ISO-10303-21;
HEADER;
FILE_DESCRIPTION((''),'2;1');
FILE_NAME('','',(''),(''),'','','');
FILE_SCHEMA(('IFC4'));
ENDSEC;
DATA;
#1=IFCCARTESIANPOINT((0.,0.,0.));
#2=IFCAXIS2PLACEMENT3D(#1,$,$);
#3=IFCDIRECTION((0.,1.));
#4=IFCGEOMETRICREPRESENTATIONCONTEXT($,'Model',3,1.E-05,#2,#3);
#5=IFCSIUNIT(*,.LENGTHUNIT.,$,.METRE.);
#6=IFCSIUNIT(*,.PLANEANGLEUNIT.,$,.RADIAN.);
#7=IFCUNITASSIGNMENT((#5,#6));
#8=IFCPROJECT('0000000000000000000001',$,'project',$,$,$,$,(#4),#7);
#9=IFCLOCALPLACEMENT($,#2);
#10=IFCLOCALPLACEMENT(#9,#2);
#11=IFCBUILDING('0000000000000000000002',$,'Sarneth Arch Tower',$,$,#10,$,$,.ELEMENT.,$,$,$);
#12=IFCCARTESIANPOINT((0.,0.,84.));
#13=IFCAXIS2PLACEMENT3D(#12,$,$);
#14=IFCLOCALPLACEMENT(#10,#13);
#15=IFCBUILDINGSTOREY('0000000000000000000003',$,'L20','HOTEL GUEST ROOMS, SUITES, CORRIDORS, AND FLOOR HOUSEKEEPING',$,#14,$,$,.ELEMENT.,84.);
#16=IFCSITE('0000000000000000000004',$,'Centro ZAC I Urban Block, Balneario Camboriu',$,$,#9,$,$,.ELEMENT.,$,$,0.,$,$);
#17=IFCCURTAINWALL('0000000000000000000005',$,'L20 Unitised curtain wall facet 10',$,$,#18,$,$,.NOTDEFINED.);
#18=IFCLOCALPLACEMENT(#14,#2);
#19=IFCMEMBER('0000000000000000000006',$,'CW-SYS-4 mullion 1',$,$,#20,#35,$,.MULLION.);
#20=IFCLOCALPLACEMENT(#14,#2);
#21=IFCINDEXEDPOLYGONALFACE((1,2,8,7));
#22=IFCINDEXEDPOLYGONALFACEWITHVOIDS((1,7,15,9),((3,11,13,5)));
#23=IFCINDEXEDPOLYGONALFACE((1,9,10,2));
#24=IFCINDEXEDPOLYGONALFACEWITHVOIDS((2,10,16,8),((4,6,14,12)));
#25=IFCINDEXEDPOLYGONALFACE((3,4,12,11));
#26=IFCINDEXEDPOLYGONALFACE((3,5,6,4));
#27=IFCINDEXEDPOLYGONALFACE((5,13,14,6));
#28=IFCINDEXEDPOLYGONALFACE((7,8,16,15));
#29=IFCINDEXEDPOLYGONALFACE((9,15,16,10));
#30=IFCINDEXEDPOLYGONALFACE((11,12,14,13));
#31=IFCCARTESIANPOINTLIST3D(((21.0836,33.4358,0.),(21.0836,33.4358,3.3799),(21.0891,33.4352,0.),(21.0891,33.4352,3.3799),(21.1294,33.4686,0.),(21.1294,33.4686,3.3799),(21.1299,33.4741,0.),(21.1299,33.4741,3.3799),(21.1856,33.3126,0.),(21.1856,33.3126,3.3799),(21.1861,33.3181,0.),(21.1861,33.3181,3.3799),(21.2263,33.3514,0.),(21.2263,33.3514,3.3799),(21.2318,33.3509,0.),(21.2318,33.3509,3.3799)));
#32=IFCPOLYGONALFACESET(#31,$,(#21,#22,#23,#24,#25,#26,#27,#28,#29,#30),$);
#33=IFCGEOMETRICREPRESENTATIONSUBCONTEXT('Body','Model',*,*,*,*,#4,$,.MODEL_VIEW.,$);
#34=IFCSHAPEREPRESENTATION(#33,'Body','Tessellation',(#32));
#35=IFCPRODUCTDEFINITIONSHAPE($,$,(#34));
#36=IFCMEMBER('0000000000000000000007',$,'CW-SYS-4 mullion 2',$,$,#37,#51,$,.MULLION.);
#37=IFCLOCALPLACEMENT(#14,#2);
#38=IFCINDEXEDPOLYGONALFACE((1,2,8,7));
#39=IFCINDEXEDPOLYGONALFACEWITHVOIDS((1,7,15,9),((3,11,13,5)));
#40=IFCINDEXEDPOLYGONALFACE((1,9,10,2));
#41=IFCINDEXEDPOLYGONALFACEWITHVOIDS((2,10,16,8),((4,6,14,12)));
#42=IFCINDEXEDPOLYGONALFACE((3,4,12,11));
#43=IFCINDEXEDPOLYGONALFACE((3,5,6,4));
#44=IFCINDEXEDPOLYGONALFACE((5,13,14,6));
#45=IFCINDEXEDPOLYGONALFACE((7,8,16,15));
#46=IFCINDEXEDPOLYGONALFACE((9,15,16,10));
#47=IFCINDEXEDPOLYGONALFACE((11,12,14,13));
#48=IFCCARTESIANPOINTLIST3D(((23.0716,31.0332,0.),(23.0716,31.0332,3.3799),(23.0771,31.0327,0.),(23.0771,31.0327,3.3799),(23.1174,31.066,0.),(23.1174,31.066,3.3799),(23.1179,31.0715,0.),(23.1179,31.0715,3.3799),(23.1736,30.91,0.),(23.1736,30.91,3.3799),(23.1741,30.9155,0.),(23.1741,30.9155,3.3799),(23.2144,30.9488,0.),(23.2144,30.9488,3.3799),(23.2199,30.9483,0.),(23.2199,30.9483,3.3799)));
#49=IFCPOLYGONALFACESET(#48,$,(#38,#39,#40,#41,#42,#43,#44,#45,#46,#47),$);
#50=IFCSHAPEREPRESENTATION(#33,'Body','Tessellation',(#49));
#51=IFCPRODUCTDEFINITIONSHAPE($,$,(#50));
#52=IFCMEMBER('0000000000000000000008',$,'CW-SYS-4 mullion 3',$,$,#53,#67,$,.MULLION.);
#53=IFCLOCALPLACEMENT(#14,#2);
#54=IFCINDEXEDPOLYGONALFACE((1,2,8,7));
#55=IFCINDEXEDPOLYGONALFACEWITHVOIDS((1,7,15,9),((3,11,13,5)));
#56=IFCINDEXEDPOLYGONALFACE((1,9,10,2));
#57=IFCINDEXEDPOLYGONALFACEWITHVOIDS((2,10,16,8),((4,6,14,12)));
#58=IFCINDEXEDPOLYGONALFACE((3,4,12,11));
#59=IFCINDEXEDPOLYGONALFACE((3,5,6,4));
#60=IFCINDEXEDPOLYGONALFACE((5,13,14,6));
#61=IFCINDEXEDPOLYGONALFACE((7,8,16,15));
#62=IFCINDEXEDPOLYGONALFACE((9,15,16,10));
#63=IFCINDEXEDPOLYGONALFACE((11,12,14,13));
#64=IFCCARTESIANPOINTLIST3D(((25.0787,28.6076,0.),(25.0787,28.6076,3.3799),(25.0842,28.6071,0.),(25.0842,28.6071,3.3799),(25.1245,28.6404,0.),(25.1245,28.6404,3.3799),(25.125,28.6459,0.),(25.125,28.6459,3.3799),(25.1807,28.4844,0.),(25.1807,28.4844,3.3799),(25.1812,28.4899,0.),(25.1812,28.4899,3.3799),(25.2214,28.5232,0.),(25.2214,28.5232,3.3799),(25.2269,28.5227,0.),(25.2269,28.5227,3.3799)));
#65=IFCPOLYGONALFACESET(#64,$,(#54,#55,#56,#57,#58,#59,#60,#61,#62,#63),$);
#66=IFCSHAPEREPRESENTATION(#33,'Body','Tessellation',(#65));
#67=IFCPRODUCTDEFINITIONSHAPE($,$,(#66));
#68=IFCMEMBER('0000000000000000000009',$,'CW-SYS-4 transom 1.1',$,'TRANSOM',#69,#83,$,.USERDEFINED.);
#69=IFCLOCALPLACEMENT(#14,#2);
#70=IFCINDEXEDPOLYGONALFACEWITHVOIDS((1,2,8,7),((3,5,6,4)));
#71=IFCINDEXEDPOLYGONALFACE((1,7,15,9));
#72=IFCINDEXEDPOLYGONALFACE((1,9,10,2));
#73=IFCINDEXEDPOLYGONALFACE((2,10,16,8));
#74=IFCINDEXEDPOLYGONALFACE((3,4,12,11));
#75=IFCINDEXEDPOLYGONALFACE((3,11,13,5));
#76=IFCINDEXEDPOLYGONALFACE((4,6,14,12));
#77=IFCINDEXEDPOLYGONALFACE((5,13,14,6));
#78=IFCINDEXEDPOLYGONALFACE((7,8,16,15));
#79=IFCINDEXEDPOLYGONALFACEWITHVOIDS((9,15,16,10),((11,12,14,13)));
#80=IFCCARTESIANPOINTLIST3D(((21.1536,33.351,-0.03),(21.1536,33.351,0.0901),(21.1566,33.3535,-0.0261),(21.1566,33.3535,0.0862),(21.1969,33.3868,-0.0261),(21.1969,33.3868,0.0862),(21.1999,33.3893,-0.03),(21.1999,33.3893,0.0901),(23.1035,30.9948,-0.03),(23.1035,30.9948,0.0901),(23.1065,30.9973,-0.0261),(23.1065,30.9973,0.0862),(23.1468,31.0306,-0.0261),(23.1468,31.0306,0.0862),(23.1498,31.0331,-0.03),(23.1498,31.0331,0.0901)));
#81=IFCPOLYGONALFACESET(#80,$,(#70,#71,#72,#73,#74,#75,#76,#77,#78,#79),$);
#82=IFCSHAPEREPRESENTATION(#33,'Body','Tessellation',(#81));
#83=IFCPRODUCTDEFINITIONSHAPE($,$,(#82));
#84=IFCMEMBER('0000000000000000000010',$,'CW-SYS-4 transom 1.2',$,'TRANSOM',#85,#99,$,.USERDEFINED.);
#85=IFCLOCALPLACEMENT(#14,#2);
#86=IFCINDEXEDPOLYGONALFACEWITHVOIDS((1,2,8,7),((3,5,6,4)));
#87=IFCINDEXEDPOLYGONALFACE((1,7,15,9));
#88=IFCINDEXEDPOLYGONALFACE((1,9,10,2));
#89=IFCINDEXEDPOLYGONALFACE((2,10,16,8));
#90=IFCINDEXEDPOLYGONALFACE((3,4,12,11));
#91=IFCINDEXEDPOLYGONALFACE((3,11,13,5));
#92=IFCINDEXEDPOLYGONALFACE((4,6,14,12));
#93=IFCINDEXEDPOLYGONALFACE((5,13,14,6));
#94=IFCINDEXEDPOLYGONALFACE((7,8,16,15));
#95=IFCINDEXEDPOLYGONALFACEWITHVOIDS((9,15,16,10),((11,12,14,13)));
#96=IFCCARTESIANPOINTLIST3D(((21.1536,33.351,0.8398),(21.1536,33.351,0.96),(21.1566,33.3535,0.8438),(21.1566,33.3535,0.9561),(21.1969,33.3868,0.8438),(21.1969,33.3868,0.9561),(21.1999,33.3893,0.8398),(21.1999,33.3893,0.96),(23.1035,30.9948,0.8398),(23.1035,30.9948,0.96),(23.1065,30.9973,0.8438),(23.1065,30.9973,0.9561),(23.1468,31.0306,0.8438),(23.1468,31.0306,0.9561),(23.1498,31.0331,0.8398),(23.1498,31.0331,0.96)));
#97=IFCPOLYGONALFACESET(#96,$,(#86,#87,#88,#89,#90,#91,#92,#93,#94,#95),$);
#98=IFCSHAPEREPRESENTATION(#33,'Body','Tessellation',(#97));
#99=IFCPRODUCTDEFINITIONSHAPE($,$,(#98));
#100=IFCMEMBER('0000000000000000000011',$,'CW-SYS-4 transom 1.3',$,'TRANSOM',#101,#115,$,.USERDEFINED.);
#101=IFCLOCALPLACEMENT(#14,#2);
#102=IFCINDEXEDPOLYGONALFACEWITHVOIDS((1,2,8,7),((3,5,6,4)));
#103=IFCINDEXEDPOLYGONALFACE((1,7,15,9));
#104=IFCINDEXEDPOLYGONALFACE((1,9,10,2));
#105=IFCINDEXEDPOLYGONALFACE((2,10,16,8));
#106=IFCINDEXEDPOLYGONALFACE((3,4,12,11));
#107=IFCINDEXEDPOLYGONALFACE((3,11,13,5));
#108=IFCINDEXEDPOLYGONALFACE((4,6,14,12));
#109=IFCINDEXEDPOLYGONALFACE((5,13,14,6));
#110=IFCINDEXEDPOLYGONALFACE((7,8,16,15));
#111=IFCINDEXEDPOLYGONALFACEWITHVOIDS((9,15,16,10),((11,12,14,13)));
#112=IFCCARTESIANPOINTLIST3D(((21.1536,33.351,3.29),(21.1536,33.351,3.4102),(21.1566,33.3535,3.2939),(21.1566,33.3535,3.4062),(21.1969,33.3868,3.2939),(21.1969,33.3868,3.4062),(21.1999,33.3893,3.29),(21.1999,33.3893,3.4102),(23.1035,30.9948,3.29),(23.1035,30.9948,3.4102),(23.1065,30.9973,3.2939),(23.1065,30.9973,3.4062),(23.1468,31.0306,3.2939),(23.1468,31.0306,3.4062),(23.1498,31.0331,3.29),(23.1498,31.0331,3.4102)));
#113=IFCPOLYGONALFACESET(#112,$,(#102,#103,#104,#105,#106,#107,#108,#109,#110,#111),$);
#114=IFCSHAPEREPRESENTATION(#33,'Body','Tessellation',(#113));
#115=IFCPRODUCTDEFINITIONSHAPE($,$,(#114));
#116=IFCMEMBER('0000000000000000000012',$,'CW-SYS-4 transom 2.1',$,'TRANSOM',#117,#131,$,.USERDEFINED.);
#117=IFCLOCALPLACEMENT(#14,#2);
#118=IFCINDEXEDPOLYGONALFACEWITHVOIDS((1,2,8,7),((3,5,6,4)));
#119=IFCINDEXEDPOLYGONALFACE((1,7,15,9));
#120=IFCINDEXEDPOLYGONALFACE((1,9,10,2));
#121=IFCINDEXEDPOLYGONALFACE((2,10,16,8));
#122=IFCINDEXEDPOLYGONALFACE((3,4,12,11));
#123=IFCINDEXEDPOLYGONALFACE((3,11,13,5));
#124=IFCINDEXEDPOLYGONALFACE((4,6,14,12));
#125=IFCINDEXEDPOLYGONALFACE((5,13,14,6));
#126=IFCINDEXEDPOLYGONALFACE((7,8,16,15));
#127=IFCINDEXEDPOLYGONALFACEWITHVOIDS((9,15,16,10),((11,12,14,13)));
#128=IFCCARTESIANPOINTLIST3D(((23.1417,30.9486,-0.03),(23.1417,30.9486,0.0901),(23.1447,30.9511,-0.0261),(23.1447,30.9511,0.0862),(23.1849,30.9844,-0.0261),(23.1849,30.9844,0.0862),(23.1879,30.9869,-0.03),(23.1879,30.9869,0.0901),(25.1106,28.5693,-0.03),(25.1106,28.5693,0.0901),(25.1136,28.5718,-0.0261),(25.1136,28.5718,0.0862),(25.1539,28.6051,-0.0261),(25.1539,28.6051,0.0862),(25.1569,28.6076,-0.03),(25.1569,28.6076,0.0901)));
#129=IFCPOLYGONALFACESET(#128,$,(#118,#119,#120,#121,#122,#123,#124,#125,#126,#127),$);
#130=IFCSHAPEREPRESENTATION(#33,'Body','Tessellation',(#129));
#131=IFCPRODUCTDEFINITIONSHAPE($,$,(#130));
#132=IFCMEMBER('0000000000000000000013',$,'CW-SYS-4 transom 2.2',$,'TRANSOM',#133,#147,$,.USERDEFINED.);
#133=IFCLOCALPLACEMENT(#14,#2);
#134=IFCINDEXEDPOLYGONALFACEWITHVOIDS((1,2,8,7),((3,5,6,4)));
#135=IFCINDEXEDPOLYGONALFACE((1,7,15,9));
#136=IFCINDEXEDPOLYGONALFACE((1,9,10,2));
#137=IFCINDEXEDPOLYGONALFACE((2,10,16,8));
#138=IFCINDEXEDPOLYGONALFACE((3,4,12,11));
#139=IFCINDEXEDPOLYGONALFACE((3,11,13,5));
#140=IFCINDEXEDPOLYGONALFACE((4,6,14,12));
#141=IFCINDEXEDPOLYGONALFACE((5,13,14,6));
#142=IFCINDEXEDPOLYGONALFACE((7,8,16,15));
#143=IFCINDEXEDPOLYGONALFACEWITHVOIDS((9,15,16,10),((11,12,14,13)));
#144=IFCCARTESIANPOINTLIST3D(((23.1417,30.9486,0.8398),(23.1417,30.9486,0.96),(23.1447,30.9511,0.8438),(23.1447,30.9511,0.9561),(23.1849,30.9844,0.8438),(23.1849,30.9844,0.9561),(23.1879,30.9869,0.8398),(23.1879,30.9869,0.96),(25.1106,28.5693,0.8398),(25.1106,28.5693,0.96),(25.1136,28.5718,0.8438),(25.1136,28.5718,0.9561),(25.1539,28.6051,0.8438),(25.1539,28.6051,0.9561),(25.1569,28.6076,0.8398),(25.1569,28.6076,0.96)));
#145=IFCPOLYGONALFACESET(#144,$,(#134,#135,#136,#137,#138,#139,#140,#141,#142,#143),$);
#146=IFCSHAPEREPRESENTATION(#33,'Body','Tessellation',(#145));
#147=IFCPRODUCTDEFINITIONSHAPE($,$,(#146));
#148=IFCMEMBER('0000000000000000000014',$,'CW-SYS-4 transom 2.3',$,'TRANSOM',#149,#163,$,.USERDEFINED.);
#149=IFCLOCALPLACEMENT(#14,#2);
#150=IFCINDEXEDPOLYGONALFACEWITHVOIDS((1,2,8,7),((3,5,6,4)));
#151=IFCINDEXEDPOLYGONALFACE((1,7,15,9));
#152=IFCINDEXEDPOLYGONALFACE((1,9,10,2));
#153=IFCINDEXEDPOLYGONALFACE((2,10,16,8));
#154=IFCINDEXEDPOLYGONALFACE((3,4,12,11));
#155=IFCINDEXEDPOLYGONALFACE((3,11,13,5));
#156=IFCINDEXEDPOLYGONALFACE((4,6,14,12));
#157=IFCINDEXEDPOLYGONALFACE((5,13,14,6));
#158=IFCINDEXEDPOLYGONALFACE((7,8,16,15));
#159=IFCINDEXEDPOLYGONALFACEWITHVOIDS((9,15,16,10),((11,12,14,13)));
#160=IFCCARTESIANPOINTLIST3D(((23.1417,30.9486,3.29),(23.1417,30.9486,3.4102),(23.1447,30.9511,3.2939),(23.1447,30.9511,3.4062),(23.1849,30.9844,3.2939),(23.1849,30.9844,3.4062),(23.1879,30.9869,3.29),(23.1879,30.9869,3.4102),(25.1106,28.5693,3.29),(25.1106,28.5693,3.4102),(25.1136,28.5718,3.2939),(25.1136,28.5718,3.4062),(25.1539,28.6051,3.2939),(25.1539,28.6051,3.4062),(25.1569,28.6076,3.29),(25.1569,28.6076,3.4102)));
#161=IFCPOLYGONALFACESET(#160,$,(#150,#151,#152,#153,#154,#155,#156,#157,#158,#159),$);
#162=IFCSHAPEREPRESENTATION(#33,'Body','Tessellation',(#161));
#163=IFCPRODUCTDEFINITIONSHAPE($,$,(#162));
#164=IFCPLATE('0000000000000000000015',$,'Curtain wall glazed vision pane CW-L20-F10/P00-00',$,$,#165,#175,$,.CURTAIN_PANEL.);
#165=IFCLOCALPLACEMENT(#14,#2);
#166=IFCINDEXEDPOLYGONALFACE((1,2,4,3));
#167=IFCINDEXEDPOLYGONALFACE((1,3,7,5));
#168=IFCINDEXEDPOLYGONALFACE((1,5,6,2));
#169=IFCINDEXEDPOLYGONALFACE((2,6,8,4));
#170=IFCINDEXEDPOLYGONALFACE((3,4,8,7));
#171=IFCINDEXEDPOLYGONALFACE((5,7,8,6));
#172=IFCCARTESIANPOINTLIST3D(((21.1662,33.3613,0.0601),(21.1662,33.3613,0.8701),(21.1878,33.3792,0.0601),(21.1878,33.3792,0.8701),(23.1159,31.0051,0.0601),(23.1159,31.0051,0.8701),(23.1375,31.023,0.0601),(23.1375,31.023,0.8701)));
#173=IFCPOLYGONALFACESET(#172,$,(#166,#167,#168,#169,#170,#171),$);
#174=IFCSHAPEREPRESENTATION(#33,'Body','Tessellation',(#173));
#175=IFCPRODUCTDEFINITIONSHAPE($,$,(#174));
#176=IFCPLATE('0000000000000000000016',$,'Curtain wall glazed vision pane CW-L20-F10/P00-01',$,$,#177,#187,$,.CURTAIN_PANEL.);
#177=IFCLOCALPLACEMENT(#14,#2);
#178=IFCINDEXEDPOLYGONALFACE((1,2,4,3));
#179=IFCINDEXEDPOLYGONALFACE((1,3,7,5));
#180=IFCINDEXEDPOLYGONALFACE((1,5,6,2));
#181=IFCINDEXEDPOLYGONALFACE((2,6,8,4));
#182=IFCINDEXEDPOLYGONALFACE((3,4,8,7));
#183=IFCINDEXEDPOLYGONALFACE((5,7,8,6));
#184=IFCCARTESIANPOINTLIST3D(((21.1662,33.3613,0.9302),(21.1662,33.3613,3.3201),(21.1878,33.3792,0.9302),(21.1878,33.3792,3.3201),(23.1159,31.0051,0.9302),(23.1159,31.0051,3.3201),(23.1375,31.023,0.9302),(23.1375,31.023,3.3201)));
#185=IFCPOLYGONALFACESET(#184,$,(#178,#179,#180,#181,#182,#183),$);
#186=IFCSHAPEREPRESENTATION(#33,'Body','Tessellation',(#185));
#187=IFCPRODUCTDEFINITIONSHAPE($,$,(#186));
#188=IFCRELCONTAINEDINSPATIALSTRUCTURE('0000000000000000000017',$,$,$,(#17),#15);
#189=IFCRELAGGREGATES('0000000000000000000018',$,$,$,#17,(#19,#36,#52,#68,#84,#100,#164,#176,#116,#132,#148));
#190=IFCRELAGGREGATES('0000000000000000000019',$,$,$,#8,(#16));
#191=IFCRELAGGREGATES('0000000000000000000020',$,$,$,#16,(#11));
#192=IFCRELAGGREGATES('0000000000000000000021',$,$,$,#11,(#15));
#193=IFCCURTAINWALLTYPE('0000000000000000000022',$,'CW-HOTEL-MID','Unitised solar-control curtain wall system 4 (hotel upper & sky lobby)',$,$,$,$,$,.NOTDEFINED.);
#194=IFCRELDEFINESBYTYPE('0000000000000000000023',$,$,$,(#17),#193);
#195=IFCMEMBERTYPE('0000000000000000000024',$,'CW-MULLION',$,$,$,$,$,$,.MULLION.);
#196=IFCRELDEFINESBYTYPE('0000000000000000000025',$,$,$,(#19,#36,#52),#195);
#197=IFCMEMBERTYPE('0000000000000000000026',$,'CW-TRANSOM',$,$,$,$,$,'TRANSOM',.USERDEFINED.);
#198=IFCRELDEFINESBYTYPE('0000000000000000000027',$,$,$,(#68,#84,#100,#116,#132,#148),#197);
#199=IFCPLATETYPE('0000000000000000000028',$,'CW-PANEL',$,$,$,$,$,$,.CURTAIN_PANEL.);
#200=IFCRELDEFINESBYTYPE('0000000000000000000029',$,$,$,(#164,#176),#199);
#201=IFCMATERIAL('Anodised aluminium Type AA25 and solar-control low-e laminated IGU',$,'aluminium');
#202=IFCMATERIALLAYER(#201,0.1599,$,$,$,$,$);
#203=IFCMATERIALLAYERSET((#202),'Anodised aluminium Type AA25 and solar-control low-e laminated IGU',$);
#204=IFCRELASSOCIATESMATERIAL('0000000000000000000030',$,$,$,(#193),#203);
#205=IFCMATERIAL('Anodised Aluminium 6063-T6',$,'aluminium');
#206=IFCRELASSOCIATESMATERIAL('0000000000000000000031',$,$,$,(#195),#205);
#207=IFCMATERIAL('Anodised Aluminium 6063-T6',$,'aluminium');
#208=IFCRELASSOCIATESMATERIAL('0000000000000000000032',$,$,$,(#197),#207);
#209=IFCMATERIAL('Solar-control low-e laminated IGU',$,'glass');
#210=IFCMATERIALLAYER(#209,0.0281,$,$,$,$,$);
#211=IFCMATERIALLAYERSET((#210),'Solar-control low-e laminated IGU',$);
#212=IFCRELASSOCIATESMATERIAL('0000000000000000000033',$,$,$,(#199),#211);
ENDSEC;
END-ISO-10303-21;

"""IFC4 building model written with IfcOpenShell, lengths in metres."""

from ifc_helpers import new_model, si_unit, direction, frame, origin, origin_2d, place, context, subcontext, project, spatial, rectangle, hollow_rectangle, extrude, material, layer, layer_set, material_profile, profile_set, type_object, element, aggregate, save


model = new_model("IFC4")

# Units and contexts
model_context = context("Model", 3, precision=1e-05, world=origin(), true_north=direction((0.0, 1.0)))
body_context = subcontext(model_context, "Body", "Model", "MODEL_VIEW")
ifc_project = project(units=[si_unit("LENGTHUNIT", "METRE"), si_unit("PLANEANGLEUNIT", "RADIAN")], contexts=[model_context])

# Site, building, storey
site_placement = place(None, origin())
site = spatial("IfcSite", under=ifc_project, at=site_placement, Name="Centro ZAC I Urban Block, Balneario Camboriu", CompositionType="ELEMENT", RefElevation=0.0)
building_placement = place(site_placement, origin())
building = spatial("IfcBuilding", under=site, at=building_placement, Name="Sarneth Arch Tower", CompositionType="ELEMENT")
storey_placement = place(building_placement, frame((0.0, 0.0, 84.0)))
storey = spatial("IfcBuildingStorey", under=building, at=storey_placement, Name="L20", Description="HOTEL GUEST ROOMS, SUITES, CORRIDORS, AND FLOOR HOUSEKEEPING", CompositionType="ELEMENT", Elevation=84.0)

# Curtain wall, members, plates
ifc_material_1 = material(Name="Anodised aluminium Type AA25 and solar-control low-e laminated IGU", Category="aluminium")
ifc_layer_1 = layer(ifc_material_1, 0.1599)
ifc_layer_set_1 = layer_set([ifc_layer_1], Name="Anodised aluminium Type AA25 and solar-control low-e laminated IGU")
curtain_wall_type = type_object("IfcCurtainWallType", Name="CW-HOTEL-MID", Description="Unitised solar-control curtain wall system 4 (hotel upper & sky lobby)", PredefinedType="NOTDEFINED", material=ifc_layer_set_1)
curtain_wall_placement = place(storey_placement, origin())
curtain_wall = element("IfcCurtainWall", 1, at=curtain_wall_placement, inside=storey, type_object=curtain_wall_type, Name="L20 Unitised curtain wall facet 10", PredefinedType="NOTDEFINED")
ifc_material_2 = material(Name="Anodised Aluminium 6063-T6", Category="aluminium")
ifc_material_profile_1 = material_profile(ifc_material_2, hollow_rectangle(XDim=0.0601, YDim=0.1599, WallThickness=0.0039, at=origin_2d()), Name="AL-MULL-160x60x4")
ifc_profile_set_1 = profile_set([ifc_material_profile_1], Name="Anodised Aluminium 6063-T6")
member_type_1 = type_object("IfcMemberType", Name="CW-MULLION", PredefinedType="MULLION", material=ifc_profile_set_1)
member_1_placement = place(storey_placement, frame((21.1577, 33.3933, 0.0), z_axis=(0.0, 0.0, 1.0), x_axis=(0.770438, 0.637515, 0.0)))
member_1 = element("IfcMember", 2, at=member_1_placement, type_object=member_type_1, Name="CW-SYS-4 mullion 1", PredefinedType="MULLION", context=body_context, shape_type="SweptSolid", body=[
    extrude(hollow_rectangle(XDim=0.0601, YDim=0.1599, WallThickness=0.0039, at=origin_2d()), origin(), (0.0, 0.0, 1.0), 3.3799),
])
member_2_placement = place(storey_placement, frame((23.1458, 30.9907, 0.0), z_axis=(0.0, 0.0, 1.0), x_axis=(0.770438, 0.637515, 0.0)))
member_2 = element("IfcMember", 3, at=member_2_placement, type_object=member_type_1, Name="CW-SYS-4 mullion 2", PredefinedType="MULLION", context=body_context, shape_type="SweptSolid", body=[
    extrude(hollow_rectangle(XDim=0.0601, YDim=0.1599, WallThickness=0.0039, at=origin_2d()), origin(), (0.0, 0.0, 1.0), 3.3799),
])
member_3_placement = place(storey_placement, frame((25.1528, 28.5652, 0.0), z_axis=(0.0, 0.0, 1.0), x_axis=(0.770438, 0.637515, 0.0)))
member_3 = element("IfcMember", 4, at=member_3_placement, type_object=member_type_1, Name="CW-SYS-4 mullion 3", PredefinedType="MULLION", context=body_context, shape_type="SweptSolid", body=[
    extrude(hollow_rectangle(XDim=0.0601, YDim=0.1599, WallThickness=0.0039, at=origin_2d()), origin(), (0.0, 0.0, 1.0), 3.3799),
])
ifc_material_3 = material(Name="Anodised Aluminium 6063-T6", Category="aluminium")
ifc_material_profile_2 = material_profile(ifc_material_3, hollow_rectangle(XDim=0.0601, YDim=0.1201, WallThickness=0.0039, at=origin_2d()), Name="AL-TRAN-120x60x4")
ifc_profile_set_2 = profile_set([ifc_material_profile_2], Name="Anodised Aluminium 6063-T6")
member_type_2 = type_object("IfcMemberType", Name="CW-TRANSOM", ElementType="TRANSOM", PredefinedType="USERDEFINED", material=ifc_profile_set_2)
member_4_placement = place(storey_placement, frame((21.1768, 33.3701, 0.03), z_axis=(0.637566, -0.770396, 0.0), x_axis=(0.770396, 0.637566, 0.0)))
member_4 = element("IfcMember", 5, at=member_4_placement, type_object=member_type_2, Name="CW-SYS-4 transom 1.1", ObjectType="TRANSOM", PredefinedType="USERDEFINED", context=body_context, shape_type="SweptSolid", body=[
    extrude(hollow_rectangle(XDim=0.0601, YDim=0.1201, WallThickness=0.0039, at=origin_2d()), origin(), (0.0, 0.0, 1.0), 3.0583),
])
member_5_placement = place(storey_placement, frame((21.1768, 33.3701, 0.8999), z_axis=(0.637566, -0.770396, 0.0), x_axis=(0.770396, 0.637566, 0.0)))
member_5 = element("IfcMember", 6, at=member_5_placement, type_object=member_type_2, Name="CW-SYS-4 transom 1.2", ObjectType="TRANSOM", PredefinedType="USERDEFINED", context=body_context, shape_type="SweptSolid", body=[
    extrude(hollow_rectangle(XDim=0.0601, YDim=0.1201, WallThickness=0.0039, at=origin_2d()), origin(), (0.0, 0.0, 1.0), 3.0583),
])
member_6_placement = place(storey_placement, frame((21.1768, 33.3701, 3.3501), z_axis=(0.637566, -0.770396, 0.0), x_axis=(0.770396, 0.637566, 0.0)))
member_6 = element("IfcMember", 7, at=member_6_placement, type_object=member_type_2, Name="CW-SYS-4 transom 1.3", ObjectType="TRANSOM", PredefinedType="USERDEFINED", context=body_context, shape_type="SweptSolid", body=[
    extrude(hollow_rectangle(XDim=0.0601, YDim=0.1201, WallThickness=0.0039, at=origin_2d()), origin(), (0.0, 0.0, 1.0), 3.0583),
])
member_7_placement = place(storey_placement, frame((23.1648, 30.9678, 0.03), z_axis=(0.637537, -0.77042, 0.0), x_axis=(0.77042, 0.637537, 0.0)))
member_7 = element("IfcMember", 8, at=member_7_placement, type_object=member_type_2, Name="CW-SYS-4 transom 2.1", ObjectType="TRANSOM", PredefinedType="USERDEFINED", context=body_context, shape_type="SweptSolid", body=[
    extrude(hollow_rectangle(XDim=0.0601, YDim=0.1201, WallThickness=0.0039, at=origin_2d()), origin(), (0.0, 0.0, 1.0), 3.0884),
])
member_8_placement = place(storey_placement, frame((23.1648, 30.9678, 0.8999), z_axis=(0.637537, -0.77042, 0.0), x_axis=(0.77042, 0.637537, 0.0)))
member_8 = element("IfcMember", 9, at=member_8_placement, type_object=member_type_2, Name="CW-SYS-4 transom 2.2", ObjectType="TRANSOM", PredefinedType="USERDEFINED", context=body_context, shape_type="SweptSolid", body=[
    extrude(hollow_rectangle(XDim=0.0601, YDim=0.1201, WallThickness=0.0039, at=origin_2d()), origin(), (0.0, 0.0, 1.0), 3.0884),
])
member_9_placement = place(storey_placement, frame((23.1648, 30.9678, 3.3501), z_axis=(0.637537, -0.77042, 0.0), x_axis=(0.77042, 0.637537, 0.0)))
member_9 = element("IfcMember", 10, at=member_9_placement, type_object=member_type_2, Name="CW-SYS-4 transom 2.3", ObjectType="TRANSOM", PredefinedType="USERDEFINED", context=body_context, shape_type="SweptSolid", body=[
    extrude(hollow_rectangle(XDim=0.0601, YDim=0.1201, WallThickness=0.0039, at=origin_2d()), origin(), (0.0, 0.0, 1.0), 3.0884),
])
ifc_material_4 = material(Name="Solar-control low-e laminated IGU", Category="glass")
ifc_layer_2 = layer(ifc_material_4, 0.0281)
ifc_layer_set_2 = layer_set([ifc_layer_2], Name="Solar-control low-e laminated IGU")
plate_type_1 = type_object("IfcPlateType", Name="CW-PANEL", PredefinedType="CURTAIN_PANEL", material=ifc_layer_set_2)
plate_1_placement = place(storey_placement, frame((22.1519, 32.1921, 0.0601), z_axis=(0.0, 0.0, 1.0), x_axis=(0.637515, -0.770438, 0.0)))
plate_1 = element("IfcPlate", 11, at=plate_1_placement, type_object=plate_type_1, Name="Curtain wall glazed vision pane CW-L20-F10/P00-00", PredefinedType="CURTAIN_PANEL", context=body_context, shape_type="SweptSolid", body=[
    extrude(rectangle(XDim=3.0583, YDim=0.0281, at=origin_2d()), origin(), (0.0, 0.0, 1.0), 0.8101),
])
plate_2_placement = place(storey_placement, frame((22.1519, 32.1921, 0.9302), z_axis=(0.0, 0.0, 1.0), x_axis=(0.637515, -0.770438, 0.0)))
plate_2 = element("IfcPlate", 12, at=plate_2_placement, type_object=plate_type_1, Name="Curtain wall glazed vision pane CW-L20-F10/P00-01", PredefinedType="CURTAIN_PANEL", context=body_context, shape_type="SweptSolid", body=[
    extrude(rectangle(XDim=3.0583, YDim=0.0281, at=origin_2d()), origin(), (0.0, 0.0, 1.0), 2.3899),
])
aggregate(curtain_wall, [member_1, member_2, member_3, member_4, member_5, member_6, plate_1, plate_2, member_7, member_8, member_9])

save(model, "model.ifc")
